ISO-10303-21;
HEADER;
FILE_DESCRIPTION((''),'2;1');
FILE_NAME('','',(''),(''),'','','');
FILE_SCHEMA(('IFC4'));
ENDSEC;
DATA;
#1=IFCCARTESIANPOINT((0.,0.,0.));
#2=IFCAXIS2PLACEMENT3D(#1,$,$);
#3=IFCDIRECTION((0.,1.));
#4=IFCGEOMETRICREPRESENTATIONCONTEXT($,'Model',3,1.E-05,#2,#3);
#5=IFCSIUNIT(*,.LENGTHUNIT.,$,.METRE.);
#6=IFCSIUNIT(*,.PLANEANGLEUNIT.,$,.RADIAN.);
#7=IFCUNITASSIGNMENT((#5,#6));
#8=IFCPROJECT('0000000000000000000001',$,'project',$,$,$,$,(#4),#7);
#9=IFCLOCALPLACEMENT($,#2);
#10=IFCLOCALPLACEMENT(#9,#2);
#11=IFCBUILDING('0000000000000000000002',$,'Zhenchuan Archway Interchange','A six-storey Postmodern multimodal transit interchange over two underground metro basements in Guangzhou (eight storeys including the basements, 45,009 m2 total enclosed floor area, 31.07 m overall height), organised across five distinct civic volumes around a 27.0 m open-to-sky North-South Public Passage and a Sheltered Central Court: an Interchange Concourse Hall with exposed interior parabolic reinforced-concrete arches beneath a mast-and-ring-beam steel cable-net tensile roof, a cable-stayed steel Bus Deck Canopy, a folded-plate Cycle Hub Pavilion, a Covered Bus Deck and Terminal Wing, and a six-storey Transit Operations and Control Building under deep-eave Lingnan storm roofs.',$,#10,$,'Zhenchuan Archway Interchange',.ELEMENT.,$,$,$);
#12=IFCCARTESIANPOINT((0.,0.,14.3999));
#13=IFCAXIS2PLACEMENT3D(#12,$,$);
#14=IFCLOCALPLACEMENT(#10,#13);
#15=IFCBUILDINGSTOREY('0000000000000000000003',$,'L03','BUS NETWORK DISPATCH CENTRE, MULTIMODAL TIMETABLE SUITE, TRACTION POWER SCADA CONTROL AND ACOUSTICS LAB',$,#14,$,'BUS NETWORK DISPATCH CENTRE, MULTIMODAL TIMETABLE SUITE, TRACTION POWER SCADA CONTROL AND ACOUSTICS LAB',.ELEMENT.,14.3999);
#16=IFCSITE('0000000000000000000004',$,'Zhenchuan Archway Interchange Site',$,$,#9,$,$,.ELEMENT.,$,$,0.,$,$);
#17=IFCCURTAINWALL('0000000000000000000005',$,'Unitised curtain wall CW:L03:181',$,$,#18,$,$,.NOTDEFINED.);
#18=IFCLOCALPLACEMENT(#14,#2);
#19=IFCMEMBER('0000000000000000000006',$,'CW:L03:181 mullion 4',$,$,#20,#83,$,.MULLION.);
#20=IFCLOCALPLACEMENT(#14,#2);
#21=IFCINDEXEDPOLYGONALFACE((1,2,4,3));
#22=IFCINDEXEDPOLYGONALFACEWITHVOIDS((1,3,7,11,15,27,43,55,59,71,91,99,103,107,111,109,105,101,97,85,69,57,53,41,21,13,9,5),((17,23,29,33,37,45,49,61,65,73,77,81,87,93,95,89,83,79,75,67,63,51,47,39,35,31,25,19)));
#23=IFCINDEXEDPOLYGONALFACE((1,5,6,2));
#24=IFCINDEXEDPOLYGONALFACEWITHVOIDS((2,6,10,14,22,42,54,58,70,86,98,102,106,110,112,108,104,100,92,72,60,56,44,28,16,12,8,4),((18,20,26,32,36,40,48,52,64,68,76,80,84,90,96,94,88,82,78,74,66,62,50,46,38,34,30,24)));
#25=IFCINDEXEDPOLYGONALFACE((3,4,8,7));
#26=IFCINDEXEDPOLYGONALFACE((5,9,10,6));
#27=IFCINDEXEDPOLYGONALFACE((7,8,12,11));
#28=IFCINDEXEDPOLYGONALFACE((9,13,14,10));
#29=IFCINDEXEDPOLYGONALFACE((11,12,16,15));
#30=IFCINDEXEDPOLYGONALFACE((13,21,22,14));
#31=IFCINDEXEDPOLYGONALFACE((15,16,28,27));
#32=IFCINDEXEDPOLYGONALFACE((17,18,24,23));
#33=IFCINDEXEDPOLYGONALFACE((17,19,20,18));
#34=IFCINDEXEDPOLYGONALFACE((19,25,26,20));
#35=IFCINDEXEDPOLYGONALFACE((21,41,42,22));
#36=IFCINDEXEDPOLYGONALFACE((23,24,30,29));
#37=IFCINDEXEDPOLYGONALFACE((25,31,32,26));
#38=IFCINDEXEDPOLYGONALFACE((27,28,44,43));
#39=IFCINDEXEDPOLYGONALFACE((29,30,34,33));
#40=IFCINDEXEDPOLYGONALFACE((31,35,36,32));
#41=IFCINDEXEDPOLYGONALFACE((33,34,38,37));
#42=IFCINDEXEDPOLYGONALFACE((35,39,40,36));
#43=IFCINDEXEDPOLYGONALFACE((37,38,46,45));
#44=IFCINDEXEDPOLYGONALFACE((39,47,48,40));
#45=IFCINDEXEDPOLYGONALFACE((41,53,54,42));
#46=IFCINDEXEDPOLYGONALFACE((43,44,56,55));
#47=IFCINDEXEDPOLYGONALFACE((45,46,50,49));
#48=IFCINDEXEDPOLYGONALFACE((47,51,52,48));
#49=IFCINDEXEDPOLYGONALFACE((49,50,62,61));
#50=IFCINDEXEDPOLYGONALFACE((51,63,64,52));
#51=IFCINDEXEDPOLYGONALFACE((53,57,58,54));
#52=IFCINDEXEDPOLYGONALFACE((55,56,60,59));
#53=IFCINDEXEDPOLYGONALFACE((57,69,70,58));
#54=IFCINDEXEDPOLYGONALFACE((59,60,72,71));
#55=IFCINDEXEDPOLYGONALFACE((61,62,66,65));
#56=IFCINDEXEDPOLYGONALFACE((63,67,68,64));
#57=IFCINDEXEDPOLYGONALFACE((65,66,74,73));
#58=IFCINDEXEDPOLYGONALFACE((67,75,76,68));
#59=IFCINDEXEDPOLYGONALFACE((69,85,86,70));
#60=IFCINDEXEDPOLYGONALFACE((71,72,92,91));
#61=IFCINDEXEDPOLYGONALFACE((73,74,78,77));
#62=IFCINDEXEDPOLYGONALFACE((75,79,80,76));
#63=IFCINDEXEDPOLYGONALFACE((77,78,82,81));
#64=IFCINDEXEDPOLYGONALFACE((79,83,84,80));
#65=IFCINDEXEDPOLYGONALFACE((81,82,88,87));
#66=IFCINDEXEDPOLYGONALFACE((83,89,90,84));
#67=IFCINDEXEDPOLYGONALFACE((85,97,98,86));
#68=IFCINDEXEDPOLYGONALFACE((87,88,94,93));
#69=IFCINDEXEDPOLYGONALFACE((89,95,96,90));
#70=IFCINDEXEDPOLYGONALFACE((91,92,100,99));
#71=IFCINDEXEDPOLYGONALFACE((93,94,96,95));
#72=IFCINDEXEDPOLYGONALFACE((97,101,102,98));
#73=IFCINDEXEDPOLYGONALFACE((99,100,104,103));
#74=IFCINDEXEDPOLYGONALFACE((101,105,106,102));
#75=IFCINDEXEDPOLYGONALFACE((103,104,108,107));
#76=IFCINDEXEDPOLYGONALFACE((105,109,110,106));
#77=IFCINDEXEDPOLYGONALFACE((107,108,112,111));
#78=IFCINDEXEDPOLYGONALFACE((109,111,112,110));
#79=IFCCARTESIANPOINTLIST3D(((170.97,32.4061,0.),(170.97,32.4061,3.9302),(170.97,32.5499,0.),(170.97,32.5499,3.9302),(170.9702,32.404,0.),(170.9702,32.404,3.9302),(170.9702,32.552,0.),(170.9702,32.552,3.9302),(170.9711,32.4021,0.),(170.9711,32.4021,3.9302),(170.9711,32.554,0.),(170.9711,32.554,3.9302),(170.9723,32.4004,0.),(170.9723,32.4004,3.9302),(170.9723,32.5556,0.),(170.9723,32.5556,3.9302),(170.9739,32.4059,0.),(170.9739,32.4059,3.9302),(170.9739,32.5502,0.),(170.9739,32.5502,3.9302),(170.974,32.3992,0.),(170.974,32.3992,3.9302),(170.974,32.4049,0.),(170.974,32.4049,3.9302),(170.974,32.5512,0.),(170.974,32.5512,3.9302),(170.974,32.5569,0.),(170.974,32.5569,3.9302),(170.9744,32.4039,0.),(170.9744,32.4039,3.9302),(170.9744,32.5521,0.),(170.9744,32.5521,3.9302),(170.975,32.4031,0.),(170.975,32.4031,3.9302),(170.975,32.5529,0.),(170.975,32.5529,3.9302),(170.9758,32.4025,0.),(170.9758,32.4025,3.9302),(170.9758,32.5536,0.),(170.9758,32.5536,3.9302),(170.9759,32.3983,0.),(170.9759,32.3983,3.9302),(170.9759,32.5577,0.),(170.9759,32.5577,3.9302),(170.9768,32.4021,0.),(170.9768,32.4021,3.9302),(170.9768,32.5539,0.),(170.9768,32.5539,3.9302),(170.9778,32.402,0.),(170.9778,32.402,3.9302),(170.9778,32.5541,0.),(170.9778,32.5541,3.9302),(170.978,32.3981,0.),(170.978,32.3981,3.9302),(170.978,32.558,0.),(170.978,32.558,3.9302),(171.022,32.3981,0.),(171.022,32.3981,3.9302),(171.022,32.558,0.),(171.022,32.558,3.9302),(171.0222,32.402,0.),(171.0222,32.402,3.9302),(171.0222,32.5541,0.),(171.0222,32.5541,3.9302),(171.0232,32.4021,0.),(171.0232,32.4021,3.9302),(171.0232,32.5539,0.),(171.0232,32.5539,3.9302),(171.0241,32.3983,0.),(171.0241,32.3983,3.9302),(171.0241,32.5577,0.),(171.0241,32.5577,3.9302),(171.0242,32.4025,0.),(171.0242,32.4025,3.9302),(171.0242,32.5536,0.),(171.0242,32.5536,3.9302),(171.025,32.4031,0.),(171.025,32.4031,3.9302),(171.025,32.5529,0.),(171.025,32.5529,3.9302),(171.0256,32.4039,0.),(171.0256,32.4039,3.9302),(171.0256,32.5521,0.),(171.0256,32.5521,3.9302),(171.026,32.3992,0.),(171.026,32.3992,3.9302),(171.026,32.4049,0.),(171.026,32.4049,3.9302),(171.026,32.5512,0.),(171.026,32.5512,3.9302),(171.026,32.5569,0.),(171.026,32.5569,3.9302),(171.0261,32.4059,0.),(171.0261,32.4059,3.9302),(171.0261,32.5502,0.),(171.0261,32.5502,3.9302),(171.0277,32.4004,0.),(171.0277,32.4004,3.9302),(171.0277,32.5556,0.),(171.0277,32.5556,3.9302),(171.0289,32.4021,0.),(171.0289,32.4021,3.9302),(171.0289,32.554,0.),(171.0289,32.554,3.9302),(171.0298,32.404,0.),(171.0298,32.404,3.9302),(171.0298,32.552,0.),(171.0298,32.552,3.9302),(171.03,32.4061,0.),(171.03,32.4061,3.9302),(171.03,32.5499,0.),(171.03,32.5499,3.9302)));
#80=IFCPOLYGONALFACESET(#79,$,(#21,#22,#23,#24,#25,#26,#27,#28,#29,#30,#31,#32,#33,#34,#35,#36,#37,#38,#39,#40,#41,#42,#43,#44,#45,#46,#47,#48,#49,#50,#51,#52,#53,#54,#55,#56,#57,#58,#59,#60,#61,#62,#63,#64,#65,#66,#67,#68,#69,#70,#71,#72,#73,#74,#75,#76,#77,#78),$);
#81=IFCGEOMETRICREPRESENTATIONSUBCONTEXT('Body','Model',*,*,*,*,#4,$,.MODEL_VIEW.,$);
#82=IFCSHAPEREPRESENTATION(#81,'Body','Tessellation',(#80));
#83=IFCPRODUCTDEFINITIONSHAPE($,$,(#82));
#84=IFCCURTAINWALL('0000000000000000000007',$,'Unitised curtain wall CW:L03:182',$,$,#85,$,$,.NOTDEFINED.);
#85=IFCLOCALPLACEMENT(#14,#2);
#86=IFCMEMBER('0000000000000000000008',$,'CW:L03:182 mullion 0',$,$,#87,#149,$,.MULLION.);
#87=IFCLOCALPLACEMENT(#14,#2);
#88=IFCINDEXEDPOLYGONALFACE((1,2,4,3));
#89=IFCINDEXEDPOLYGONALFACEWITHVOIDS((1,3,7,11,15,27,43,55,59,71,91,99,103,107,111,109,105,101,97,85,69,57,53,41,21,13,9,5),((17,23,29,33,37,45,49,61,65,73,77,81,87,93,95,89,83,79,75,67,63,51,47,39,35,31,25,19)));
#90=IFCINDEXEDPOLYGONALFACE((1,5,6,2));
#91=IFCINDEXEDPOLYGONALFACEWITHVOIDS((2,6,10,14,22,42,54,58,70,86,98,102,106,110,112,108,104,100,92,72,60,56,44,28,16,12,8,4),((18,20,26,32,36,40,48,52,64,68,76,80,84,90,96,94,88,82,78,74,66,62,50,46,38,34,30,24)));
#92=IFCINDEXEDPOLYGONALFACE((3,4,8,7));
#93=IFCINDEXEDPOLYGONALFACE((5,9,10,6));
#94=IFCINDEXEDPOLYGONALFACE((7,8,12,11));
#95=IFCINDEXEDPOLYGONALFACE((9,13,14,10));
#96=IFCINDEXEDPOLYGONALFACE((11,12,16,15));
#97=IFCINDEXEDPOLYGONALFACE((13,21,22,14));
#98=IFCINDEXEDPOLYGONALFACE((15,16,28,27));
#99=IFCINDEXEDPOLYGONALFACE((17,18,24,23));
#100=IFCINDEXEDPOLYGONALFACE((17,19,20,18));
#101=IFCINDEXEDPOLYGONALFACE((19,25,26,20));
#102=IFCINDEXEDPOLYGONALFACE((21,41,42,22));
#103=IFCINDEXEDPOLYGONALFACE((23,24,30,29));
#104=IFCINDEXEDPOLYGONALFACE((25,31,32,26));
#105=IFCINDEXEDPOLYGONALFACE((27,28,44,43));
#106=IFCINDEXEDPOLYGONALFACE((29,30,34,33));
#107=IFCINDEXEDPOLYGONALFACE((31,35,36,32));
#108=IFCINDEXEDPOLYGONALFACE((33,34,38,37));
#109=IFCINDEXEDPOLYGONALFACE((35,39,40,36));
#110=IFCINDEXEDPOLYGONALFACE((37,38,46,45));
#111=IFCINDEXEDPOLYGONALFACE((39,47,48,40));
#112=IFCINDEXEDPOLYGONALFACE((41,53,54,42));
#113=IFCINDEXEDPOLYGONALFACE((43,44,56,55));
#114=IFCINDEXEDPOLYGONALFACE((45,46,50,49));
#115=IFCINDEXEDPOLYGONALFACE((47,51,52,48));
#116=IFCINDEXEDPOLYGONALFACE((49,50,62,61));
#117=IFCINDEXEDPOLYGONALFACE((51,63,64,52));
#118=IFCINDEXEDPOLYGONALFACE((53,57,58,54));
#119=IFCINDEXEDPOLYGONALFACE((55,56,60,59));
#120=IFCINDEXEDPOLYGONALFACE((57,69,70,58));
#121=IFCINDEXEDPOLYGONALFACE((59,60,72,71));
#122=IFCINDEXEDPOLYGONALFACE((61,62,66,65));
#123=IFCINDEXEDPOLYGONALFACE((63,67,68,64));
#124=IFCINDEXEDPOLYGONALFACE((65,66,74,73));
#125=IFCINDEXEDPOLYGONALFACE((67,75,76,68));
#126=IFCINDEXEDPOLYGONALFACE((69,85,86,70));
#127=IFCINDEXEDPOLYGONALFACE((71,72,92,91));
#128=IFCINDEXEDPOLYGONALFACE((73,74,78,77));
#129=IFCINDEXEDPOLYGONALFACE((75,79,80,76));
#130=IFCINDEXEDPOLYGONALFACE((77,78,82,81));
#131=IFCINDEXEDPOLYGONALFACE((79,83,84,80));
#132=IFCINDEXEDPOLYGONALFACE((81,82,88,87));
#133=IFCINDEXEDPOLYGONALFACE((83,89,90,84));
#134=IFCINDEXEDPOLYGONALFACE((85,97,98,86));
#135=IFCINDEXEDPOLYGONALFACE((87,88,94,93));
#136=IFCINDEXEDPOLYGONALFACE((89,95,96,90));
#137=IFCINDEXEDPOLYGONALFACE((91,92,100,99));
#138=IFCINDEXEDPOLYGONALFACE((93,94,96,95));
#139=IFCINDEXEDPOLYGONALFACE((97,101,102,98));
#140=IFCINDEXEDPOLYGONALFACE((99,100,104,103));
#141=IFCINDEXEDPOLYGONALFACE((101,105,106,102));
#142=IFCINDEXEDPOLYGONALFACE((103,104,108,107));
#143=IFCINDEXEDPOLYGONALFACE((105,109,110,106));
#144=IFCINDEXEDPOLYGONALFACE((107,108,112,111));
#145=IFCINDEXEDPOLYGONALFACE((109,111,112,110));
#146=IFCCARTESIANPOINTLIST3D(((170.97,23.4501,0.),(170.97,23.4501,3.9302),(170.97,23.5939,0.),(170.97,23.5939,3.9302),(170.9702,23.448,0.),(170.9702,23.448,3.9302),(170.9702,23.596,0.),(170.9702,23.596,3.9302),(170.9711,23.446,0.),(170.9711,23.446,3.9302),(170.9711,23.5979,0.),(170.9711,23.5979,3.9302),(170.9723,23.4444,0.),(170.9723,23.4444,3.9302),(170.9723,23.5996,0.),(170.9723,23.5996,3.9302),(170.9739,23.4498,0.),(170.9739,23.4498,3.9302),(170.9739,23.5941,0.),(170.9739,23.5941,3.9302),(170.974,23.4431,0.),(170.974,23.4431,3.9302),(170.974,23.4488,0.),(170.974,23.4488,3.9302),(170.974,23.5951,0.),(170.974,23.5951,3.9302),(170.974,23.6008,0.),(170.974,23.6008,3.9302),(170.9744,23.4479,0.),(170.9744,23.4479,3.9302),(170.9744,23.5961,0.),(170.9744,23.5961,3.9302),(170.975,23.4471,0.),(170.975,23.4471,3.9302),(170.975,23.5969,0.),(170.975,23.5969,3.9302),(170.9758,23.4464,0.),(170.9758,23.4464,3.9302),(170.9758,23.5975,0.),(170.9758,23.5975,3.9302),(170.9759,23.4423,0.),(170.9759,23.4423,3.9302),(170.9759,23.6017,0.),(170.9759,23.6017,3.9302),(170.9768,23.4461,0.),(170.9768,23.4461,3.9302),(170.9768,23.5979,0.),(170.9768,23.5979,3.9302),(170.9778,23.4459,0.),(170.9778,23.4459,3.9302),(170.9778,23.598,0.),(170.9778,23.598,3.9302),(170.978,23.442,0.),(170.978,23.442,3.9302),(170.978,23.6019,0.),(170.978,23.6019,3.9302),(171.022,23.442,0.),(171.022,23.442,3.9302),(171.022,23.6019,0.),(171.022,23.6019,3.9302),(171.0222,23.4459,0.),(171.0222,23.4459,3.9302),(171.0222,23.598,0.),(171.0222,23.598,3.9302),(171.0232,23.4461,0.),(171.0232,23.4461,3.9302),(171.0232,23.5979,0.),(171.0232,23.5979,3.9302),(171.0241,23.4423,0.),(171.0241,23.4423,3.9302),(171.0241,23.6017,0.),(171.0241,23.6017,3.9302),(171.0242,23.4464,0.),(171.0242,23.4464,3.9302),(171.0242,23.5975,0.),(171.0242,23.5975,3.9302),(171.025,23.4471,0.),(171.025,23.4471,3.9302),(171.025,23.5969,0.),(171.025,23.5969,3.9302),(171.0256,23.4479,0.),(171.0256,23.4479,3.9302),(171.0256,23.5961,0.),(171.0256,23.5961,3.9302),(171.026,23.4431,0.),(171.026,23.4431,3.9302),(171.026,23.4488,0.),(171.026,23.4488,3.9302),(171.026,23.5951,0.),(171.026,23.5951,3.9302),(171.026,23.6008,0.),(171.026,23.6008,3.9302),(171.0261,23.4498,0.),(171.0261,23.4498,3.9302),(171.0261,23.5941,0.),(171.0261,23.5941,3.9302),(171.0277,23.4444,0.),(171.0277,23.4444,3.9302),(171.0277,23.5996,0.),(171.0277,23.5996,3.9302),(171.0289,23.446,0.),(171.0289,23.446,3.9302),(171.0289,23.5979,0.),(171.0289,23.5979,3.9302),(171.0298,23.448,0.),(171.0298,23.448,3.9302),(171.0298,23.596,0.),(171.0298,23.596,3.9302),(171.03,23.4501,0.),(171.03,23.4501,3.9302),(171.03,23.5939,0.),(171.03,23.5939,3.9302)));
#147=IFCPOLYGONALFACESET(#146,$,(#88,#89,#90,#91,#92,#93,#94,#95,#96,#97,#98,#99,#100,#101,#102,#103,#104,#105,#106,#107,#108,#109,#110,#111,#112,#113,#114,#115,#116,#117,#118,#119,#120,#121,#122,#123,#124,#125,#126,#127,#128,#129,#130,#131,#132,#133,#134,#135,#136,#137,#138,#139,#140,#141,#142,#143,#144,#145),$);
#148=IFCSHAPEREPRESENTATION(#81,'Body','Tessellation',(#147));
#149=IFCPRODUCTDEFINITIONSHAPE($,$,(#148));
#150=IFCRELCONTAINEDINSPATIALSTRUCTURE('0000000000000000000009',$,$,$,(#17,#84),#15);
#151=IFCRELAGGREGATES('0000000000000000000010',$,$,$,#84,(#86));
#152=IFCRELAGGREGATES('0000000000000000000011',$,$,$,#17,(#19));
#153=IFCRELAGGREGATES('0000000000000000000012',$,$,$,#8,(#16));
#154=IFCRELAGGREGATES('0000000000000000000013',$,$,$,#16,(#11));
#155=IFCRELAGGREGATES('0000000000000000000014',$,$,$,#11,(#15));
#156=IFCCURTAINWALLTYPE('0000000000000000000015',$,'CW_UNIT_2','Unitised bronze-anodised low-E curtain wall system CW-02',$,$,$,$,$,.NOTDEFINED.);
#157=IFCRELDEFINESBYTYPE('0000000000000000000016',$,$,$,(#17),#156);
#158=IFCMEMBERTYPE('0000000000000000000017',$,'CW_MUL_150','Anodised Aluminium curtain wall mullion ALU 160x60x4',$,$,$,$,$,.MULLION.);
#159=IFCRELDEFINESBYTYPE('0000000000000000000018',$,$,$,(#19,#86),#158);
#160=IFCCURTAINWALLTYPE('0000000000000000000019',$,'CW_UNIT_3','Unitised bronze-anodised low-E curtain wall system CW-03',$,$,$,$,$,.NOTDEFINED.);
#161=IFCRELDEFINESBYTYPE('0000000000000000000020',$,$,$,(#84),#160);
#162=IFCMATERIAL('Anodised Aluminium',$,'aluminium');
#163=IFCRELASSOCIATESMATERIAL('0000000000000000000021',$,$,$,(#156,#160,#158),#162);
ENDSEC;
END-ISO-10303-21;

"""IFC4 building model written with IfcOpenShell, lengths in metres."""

from ifc_helpers import new_model, si_unit, direction, frame, origin, origin_2d, place, context, subcontext, project, spatial, hollow_rectangle, extrude, material, material_profile, profile_set, type_object, element, aggregate, save


model = new_model("IFC4")

# Units and contexts
model_context = context("Model", 3, precision=1e-05, world=origin(), true_north=direction((0.0, 1.0)))
body_context = subcontext(model_context, "Body", "Model", "MODEL_VIEW")
ifc_project = project(units=[si_unit("LENGTHUNIT", "METRE"), si_unit("PLANEANGLEUNIT", "RADIAN")], contexts=[model_context])

# Site, building, storey
site_placement = place(None, origin())
site = spatial("IfcSite", under=ifc_project, at=site_placement, Name="Zhenchuan Archway Interchange Site", CompositionType="ELEMENT", RefElevation=0.0)
building_placement = place(site_placement, origin())
building = spatial("IfcBuilding", under=site, at=building_placement, Name="Zhenchuan Archway Interchange", Description="A six-storey Postmodern multimodal transit interchange over two underground metro basements in Guangzhou (eight storeys including the basements, 45,009 m2 total enclosed floor area, 31.07 m overall height), organised across five distinct civic volumes around a 27.0 m open-to-sky North-South Public Passage and a Sheltered Central Court: an Interchange Concourse Hall with exposed interior parabolic reinforced-concrete arches beneath a mast-and-ring-beam steel cable-net tensile roof, a cable-stayed steel Bus Deck Canopy, a folded-plate Cycle Hub Pavilion, a Covered Bus Deck and Terminal Wing, and a six-storey Transit Operations and Control Building under deep-eave Lingnan storm roofs.", LongName="Zhenchuan Archway Interchange", CompositionType="ELEMENT")
storey_placement = place(building_placement, frame((0.0, 0.0, 14.3999)))
storey = spatial("IfcBuildingStorey", under=building, at=storey_placement, Name="L03", Description="BUS NETWORK DISPATCH CENTRE, MULTIMODAL TIMETABLE SUITE, TRACTION POWER SCADA CONTROL AND ACOUSTICS LAB", LongName="BUS NETWORK DISPATCH CENTRE, MULTIMODAL TIMETABLE SUITE, TRACTION POWER SCADA CONTROL AND ACOUSTICS LAB", CompositionType="ELEMENT", Elevation=14.3999)

# Curtain wall, member
ifc_material_1 = material(Name="Anodised Aluminium", Category="aluminium")
curtain_wall_type_1 = type_object("IfcCurtainWallType", Name="CW_UNIT_2", Description="Unitised bronze-anodised low-E curtain wall system CW-02", PredefinedType="NOTDEFINED", material=ifc_material_1)
curtain_wall_1_placement = place(storey_placement, origin())
curtain_wall_1 = element("IfcCurtainWall", 1, at=curtain_wall_1_placement, inside=storey, type_object=curtain_wall_type_1, Name="Unitised curtain wall CW:L03:181", PredefinedType="NOTDEFINED")
ifc_material_profile_1 = material_profile(ifc_material_1, hollow_rectangle(XDim=0.0601, YDim=0.1599, WallThickness=0.0039, InnerFilletRadius=0.0039, OuterFilletRadius=0.0081, at=origin_2d()), Name="ALU 160x60x4")
ifc_profile_set_1 = profile_set([ifc_material_profile_1], Name="Anodised Aluminium")
member_type_1 = type_object("IfcMemberType", Name="CW_MUL_150", Description="Anodised Aluminium curtain wall mullion ALU 160x60x4", PredefinedType="MULLION", material=ifc_profile_set_1)
member_1_placement = place(storey_placement, frame((171.0, 32.478, 0.0), z_axis=(0.0, 0.0, 1.0), x_axis=(1.0, 0.0, 0.0)))
member_1 = element("IfcMember", 2, at=member_1_placement, type_object=member_type_1, Name="CW:L03:181 mullion 4", PredefinedType="MULLION", context=body_context, shape_type="SweptSolid", body=[
    extrude(hollow_rectangle(XDim=0.0601, YDim=0.1599, WallThickness=0.0039, InnerFilletRadius=0.0039, OuterFilletRadius=0.0081, at=origin_2d()), origin(), (0.0, 0.0, 1.0), 3.9302),
])

# Curtain wall, member
curtain_wall_type_2 = type_object("IfcCurtainWallType", Name="CW_UNIT_3", Description="Unitised bronze-anodised low-E curtain wall system CW-03", PredefinedType="NOTDEFINED", material=ifc_material_1)
curtain_wall_2_placement = place(storey_placement, origin())
curtain_wall_2 = element("IfcCurtainWall", 3, at=curtain_wall_2_placement, inside=storey, type_object=curtain_wall_type_2, Name="Unitised curtain wall CW:L03:182", PredefinedType="NOTDEFINED")
member_2_placement = place(storey_placement, frame((171.0, 23.522, 0.0), z_axis=(0.0, 0.0, 1.0), x_axis=(1.0, 0.0, 0.0)))
member_2 = element("IfcMember", 4, at=member_2_placement, type_object=member_type_1, Name="CW:L03:182 mullion 0", PredefinedType="MULLION", context=body_context, shape_type="SweptSolid", body=[
    extrude(hollow_rectangle(XDim=0.0601, YDim=0.1599, WallThickness=0.0039, InnerFilletRadius=0.0039, OuterFilletRadius=0.0081, at=origin_2d()), origin(), (0.0, 0.0, 1.0), 3.9302),
])
aggregate(curtain_wall_2, [member_2])

aggregate(curtain_wall_1, [member_1])

save(model, "model.ifc")
